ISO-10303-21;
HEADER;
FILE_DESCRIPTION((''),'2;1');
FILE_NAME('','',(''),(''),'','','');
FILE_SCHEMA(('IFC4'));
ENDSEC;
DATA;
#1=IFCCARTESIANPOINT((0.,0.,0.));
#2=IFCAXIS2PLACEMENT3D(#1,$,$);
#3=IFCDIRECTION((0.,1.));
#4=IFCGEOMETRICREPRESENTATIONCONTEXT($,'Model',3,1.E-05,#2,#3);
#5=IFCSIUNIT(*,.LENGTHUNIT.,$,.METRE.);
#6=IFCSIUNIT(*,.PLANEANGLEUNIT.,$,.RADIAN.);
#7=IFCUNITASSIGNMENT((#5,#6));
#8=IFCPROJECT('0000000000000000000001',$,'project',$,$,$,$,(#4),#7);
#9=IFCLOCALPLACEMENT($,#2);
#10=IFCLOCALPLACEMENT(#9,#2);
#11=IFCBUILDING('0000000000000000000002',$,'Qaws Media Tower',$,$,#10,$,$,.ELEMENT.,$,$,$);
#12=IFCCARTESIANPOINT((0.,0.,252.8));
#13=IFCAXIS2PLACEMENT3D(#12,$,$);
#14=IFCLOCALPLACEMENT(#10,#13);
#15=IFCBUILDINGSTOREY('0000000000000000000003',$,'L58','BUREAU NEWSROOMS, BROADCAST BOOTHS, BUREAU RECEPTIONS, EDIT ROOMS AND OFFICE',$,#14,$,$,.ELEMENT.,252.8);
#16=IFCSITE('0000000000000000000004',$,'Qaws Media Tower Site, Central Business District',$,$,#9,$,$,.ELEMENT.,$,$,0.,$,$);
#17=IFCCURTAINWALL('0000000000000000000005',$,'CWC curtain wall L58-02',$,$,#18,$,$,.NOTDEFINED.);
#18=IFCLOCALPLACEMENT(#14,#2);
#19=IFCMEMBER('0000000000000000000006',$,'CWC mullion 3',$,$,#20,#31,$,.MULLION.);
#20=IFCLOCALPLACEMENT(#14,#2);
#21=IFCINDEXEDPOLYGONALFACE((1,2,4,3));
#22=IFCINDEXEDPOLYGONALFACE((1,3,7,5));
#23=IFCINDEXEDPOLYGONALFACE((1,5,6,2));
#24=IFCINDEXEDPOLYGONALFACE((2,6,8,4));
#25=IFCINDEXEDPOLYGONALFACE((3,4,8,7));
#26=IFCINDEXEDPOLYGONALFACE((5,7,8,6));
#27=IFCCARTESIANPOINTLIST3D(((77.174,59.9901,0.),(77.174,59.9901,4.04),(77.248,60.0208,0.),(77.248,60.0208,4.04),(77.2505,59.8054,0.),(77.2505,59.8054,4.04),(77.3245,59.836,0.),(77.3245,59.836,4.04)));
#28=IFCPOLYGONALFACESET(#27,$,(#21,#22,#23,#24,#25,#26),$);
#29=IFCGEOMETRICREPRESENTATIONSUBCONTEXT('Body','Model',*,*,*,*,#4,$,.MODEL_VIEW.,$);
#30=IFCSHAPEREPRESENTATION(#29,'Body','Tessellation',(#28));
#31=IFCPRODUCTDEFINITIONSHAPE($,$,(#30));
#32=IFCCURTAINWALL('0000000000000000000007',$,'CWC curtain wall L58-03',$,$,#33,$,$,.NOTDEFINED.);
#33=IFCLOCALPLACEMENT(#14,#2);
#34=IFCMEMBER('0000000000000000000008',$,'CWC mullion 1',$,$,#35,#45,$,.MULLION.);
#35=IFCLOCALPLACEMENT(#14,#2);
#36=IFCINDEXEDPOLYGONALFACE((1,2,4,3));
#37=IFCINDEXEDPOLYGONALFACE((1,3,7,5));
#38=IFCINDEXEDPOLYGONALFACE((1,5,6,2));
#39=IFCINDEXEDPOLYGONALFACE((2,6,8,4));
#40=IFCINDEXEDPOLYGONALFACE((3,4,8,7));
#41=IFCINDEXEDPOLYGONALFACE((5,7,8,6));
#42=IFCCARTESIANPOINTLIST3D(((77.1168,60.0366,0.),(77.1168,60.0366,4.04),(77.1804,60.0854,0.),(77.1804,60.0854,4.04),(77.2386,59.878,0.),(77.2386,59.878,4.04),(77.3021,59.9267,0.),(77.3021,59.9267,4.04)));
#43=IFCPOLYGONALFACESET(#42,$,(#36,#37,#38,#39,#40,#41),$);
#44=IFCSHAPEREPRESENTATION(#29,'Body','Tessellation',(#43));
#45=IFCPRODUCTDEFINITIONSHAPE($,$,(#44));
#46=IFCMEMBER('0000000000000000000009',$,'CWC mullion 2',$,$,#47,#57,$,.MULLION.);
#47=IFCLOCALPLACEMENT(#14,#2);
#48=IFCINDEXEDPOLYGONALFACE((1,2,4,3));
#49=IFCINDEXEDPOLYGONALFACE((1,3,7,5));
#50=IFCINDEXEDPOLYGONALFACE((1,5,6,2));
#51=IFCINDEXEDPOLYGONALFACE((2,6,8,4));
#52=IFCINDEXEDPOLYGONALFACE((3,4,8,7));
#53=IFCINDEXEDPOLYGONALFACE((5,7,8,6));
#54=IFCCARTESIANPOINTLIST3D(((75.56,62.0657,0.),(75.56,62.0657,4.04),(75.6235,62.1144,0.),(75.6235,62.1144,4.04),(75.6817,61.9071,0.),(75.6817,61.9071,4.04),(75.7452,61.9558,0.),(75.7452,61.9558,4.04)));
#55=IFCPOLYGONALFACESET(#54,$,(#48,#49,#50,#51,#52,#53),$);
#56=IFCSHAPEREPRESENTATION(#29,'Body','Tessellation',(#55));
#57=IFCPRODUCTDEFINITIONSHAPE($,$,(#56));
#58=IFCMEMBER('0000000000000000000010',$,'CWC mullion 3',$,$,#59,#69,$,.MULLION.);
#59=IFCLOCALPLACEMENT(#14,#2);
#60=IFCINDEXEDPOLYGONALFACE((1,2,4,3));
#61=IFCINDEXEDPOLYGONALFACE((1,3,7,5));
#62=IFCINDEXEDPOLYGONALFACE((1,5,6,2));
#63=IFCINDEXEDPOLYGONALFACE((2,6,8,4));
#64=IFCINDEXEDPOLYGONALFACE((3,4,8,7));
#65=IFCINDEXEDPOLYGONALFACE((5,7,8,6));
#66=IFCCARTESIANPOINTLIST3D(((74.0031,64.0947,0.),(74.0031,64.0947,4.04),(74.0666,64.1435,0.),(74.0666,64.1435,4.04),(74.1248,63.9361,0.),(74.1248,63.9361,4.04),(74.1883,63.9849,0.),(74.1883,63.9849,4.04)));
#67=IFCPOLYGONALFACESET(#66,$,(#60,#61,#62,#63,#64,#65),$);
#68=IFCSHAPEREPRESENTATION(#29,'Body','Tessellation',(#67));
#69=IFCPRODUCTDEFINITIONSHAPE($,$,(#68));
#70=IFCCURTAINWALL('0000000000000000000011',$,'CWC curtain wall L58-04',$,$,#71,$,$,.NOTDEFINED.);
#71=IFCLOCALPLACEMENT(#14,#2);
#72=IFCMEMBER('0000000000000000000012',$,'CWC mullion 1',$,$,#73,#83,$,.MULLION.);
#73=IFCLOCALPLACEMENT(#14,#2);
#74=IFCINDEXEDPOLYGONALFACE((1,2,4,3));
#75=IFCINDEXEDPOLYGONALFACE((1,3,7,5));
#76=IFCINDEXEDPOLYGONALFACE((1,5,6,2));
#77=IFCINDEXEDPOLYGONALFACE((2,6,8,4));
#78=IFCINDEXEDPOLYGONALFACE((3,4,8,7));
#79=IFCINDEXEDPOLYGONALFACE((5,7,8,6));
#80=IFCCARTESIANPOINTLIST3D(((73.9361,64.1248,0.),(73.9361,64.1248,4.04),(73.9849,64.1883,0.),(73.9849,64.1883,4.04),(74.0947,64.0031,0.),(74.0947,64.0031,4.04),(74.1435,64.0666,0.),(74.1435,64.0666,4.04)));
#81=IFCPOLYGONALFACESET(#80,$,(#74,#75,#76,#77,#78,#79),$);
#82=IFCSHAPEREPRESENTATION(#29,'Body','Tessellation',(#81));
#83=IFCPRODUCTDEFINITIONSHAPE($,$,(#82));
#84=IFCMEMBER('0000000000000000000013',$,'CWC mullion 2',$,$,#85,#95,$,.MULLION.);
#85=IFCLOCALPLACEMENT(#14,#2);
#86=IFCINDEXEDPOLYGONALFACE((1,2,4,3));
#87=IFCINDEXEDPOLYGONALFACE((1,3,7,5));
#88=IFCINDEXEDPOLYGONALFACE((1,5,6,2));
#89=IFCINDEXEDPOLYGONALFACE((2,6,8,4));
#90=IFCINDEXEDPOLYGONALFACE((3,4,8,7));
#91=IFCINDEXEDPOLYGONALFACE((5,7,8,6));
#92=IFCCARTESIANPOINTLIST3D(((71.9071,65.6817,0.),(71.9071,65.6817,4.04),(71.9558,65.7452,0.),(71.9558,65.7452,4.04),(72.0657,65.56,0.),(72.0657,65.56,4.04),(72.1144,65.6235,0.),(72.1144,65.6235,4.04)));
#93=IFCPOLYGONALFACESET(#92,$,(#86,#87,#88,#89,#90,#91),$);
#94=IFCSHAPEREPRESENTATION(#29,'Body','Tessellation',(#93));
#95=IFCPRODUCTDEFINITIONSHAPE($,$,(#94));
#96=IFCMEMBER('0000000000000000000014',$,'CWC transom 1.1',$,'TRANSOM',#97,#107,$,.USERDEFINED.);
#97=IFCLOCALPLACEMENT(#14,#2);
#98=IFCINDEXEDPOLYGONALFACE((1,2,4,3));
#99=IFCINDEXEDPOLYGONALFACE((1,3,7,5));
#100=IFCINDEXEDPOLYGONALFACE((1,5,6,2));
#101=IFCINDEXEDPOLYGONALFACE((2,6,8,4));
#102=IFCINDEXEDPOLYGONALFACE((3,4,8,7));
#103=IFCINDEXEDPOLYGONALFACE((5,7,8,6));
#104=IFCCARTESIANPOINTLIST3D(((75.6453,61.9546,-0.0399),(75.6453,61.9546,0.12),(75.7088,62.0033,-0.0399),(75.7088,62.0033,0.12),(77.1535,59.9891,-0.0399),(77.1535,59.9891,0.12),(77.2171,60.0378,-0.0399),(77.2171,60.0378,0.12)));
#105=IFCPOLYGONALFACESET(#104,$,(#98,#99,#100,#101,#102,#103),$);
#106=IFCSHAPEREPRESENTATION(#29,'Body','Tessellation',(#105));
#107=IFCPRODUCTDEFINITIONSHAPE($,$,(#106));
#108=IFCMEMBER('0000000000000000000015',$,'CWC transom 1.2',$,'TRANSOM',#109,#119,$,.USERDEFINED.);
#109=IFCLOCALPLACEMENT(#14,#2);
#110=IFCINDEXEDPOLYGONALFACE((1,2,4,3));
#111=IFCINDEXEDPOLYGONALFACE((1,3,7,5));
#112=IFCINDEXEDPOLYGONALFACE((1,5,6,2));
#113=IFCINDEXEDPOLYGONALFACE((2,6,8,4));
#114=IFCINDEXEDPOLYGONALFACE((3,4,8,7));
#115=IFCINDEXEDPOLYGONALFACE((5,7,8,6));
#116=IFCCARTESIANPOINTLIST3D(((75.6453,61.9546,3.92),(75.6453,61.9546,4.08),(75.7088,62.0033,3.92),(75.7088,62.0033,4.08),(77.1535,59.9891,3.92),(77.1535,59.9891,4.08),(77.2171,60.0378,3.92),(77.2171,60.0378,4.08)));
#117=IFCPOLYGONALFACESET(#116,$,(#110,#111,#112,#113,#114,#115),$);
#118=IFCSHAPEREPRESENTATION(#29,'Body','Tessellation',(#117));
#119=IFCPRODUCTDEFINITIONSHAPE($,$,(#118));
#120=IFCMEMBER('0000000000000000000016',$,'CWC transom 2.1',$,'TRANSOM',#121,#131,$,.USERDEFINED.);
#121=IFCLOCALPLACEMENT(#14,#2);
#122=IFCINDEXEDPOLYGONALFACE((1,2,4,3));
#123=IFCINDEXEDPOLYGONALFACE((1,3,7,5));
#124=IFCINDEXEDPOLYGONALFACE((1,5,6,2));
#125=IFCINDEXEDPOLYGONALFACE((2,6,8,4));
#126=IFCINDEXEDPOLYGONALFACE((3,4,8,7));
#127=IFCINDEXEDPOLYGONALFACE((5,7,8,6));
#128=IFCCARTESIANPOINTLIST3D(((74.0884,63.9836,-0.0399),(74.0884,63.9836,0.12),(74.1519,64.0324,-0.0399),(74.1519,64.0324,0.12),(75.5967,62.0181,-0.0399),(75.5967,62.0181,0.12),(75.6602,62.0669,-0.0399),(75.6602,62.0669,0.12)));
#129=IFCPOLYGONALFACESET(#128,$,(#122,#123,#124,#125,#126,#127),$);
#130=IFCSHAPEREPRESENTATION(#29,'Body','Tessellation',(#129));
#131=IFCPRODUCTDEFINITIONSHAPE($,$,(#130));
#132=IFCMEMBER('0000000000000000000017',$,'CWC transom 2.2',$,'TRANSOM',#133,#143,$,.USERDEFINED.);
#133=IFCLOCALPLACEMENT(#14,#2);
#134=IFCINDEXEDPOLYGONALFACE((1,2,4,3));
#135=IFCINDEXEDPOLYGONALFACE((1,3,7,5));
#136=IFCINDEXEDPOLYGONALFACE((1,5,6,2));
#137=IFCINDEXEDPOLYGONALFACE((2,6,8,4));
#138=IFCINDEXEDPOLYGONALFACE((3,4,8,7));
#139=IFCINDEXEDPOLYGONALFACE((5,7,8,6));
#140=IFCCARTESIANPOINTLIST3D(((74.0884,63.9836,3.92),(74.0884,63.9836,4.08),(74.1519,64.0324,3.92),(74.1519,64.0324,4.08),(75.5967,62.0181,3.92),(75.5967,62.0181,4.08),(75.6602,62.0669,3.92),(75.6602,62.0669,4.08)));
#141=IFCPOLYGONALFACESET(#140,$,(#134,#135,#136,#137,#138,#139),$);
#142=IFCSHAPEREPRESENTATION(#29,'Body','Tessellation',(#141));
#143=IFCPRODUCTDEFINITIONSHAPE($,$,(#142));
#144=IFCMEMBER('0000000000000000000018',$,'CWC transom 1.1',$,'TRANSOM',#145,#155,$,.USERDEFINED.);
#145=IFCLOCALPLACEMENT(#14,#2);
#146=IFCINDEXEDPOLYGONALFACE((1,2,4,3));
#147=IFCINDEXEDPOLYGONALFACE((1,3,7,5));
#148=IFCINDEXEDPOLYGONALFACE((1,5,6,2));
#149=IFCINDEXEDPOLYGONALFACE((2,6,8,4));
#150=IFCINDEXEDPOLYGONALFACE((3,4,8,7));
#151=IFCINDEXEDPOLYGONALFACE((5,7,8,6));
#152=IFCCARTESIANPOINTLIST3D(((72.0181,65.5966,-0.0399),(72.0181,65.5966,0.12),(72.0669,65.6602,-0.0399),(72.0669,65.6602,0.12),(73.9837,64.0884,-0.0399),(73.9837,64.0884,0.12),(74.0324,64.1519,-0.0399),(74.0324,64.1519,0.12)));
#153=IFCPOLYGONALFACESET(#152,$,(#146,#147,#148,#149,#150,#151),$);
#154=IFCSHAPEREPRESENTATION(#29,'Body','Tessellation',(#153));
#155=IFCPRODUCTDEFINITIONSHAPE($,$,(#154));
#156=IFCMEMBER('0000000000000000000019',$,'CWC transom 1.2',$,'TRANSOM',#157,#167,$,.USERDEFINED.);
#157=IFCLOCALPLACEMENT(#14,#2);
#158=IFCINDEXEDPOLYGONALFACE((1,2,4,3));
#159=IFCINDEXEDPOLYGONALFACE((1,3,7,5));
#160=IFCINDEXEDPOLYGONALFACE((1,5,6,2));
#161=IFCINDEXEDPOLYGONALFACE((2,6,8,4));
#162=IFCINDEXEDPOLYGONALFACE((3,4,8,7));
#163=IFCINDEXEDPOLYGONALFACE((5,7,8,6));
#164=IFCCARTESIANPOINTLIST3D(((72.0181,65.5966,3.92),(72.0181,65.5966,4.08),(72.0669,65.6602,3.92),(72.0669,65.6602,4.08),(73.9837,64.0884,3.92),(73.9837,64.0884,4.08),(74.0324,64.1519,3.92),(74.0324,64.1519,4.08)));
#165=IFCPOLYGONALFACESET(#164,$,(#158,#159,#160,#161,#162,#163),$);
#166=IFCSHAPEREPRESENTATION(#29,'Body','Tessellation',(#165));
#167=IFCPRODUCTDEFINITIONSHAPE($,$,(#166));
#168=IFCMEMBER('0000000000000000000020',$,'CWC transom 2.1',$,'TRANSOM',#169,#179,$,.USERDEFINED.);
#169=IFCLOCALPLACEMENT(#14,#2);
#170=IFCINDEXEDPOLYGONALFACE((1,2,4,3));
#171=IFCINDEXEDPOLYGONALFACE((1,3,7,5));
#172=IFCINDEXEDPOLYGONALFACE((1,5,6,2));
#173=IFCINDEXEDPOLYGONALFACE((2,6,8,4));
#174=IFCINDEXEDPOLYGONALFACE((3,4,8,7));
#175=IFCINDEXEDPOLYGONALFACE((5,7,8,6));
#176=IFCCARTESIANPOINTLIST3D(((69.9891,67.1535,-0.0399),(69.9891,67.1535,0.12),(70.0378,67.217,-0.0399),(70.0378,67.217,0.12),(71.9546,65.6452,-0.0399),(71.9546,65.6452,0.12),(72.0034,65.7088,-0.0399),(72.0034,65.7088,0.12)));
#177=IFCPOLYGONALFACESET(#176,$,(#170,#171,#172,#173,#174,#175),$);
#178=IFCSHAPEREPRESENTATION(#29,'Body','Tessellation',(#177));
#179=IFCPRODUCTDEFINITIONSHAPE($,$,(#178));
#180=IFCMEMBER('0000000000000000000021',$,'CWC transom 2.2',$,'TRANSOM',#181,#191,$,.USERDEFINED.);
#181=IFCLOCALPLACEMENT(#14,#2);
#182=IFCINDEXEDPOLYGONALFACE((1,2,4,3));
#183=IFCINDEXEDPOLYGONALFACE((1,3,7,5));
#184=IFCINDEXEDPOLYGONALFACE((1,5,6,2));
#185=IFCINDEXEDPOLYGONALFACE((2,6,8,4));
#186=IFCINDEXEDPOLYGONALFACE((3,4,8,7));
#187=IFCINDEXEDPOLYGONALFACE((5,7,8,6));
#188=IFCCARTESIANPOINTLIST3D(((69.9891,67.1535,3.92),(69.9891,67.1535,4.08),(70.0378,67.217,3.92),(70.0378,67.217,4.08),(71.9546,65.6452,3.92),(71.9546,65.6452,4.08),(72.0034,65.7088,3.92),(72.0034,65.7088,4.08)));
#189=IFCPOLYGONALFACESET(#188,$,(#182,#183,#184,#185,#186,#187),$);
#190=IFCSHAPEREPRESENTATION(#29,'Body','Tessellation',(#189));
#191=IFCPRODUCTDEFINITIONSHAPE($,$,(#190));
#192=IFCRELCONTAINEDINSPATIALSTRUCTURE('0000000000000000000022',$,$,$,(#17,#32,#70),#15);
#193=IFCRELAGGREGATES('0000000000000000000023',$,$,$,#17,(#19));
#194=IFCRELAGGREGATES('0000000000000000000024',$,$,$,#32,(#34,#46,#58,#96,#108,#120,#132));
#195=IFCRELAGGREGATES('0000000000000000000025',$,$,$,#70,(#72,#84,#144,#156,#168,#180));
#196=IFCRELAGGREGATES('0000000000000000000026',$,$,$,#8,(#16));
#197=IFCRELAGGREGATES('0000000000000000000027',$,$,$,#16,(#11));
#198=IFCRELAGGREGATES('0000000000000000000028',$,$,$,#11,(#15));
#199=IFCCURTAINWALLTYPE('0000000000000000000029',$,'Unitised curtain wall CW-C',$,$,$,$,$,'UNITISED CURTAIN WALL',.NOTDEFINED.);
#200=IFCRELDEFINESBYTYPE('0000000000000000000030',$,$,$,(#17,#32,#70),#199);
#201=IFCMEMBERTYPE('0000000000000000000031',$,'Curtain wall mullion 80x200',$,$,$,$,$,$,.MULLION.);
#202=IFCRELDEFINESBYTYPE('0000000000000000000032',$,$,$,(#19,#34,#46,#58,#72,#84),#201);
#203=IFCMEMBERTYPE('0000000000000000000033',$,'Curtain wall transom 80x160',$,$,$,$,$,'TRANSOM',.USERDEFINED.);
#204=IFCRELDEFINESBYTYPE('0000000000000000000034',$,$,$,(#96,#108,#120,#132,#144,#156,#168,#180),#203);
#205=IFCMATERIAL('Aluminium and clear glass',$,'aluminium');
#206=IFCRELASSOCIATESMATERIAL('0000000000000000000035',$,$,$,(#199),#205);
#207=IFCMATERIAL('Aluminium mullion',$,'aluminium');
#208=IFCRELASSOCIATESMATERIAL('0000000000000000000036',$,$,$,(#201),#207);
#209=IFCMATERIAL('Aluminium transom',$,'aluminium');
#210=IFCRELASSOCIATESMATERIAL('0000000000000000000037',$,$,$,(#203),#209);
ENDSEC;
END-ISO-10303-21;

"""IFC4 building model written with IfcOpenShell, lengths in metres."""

from ifc_helpers import new_model, si_unit, direction, frame, origin, origin_2d, place, context, subcontext, project, spatial, rectangle, extrude, material, material_profile, profile_set, type_object, element, aggregate, save


model = new_model("IFC4")

# Units and contexts
model_context = context("Model", 3, precision=1e-05, world=origin(), true_north=direction((0.0, 1.0)))
body_context = subcontext(model_context, "Body", "Model", "MODEL_VIEW")
ifc_project = project(units=[si_unit("LENGTHUNIT", "METRE"), si_unit("PLANEANGLEUNIT", "RADIAN")], contexts=[model_context])

# Site, building, storey
site_placement = place(None, origin())
site = spatial("IfcSite", under=ifc_project, at=site_placement, Name="Qaws Media Tower Site, Central Business District", CompositionType="ELEMENT", RefElevation=0.0)
building_placement = place(site_placement, origin())
building = spatial("IfcBuilding", under=site, at=building_placement, Name="Qaws Media Tower", CompositionType="ELEMENT")
storey_placement = place(building_placement, frame((0.0, 0.0, 252.8)))
storey = spatial("IfcBuildingStorey", under=building, at=storey_placement, Name="L58", Description="BUREAU NEWSROOMS, BROADCAST BOOTHS, BUREAU RECEPTIONS, EDIT ROOMS AND OFFICE", CompositionType="ELEMENT", Elevation=252.8)

# Curtain wall, member
ifc_material_1 = material(Name="Aluminium and clear glass", Category="aluminium")
curtain_wall_type = type_object("IfcCurtainWallType", Name="Unitised curtain wall CW-C", ElementType="UNITISED CURTAIN WALL", PredefinedType="NOTDEFINED", material=ifc_material_1)
curtain_wall_1_placement = place(storey_placement, origin())
curtain_wall_1 = element("IfcCurtainWall", 1, at=curtain_wall_1_placement, inside=storey, type_object=curtain_wall_type, Name="CWC curtain wall L58-02", PredefinedType="NOTDEFINED")
ifc_material_2 = material(Name="Aluminium mullion", Category="aluminium")
ifc_material_profile_1 = material_profile(ifc_material_2, rectangle(XDim=0.0801, YDim=0.2, at=origin_2d()), Name="80x200")
ifc_profile_set_1 = profile_set([ifc_material_profile_1], Name="Aluminium mullion")
member_type_1 = type_object("IfcMemberType", Name="Curtain wall mullion 80x200", PredefinedType="MULLION", material=ifc_profile_set_1)
member_1_placement = place(storey_placement, frame((77.2493, 59.9131, 0.0), z_axis=(0.0, 0.0, 1.0), x_axis=(-0.92388, -0.382683, 0.0)))
member_1 = element("IfcMember", 2, at=member_1_placement, type_object=member_type_1, Name="CWC mullion 3", PredefinedType="MULLION", context=body_context, shape_type="SweptSolid", body=[
    extrude(rectangle(XDim=0.0801, YDim=0.2, at=origin_2d()), origin(), (0.0, 0.0, 1.0), 4.04),
])

# Curtain walls, members
curtain_wall_2_placement = place(storey_placement, origin())
curtain_wall_2 = element("IfcCurtainWall", 3, at=curtain_wall_2_placement, inside=storey, type_object=curtain_wall_type, Name="CWC curtain wall L58-03", PredefinedType="NOTDEFINED")
member_2_placement = place(storey_placement, frame((77.2095, 59.9817, 0.0), z_axis=(0.0, 0.0, 1.0), x_axis=(-0.793353, -0.608761, 0.0)))
member_2 = element("IfcMember", 4, at=member_2_placement, type_object=member_type_1, Name="CWC mullion 1", PredefinedType="MULLION", context=body_context, shape_type="SweptSolid", body=[
    extrude(rectangle(XDim=0.0801, YDim=0.2, at=origin_2d()), origin(), (0.0, 0.0, 1.0), 4.04),
])
member_3_placement = place(storey_placement, frame((75.6526, 62.0107, 0.0), z_axis=(0.0, 0.0, 1.0), x_axis=(-0.793353, -0.608761, 0.0)))
member_3 = element("IfcMember", 5, at=member_3_placement, type_object=member_type_1, Name="CWC mullion 2", PredefinedType="MULLION", context=body_context, shape_type="SweptSolid", body=[
    extrude(rectangle(XDim=0.0801, YDim=0.2, at=origin_2d()), origin(), (0.0, 0.0, 1.0), 4.04),
])
member_4_placement = place(storey_placement, frame((74.0957, 64.0398, 0.0), z_axis=(0.0, 0.0, 1.0), x_axis=(-0.793353, -0.608761, 0.0)))
member_4 = element("IfcMember", 6, at=member_4_placement, type_object=member_type_1, Name="CWC mullion 3", PredefinedType="MULLION", context=body_context, shape_type="SweptSolid", body=[
    extrude(rectangle(XDim=0.0801, YDim=0.2, at=origin_2d()), origin(), (0.0, 0.0, 1.0), 4.04),
])
curtain_wall_3_placement = place(storey_placement, origin())
curtain_wall_3 = element("IfcCurtainWall", 7, at=curtain_wall_3_placement, inside=storey, type_object=curtain_wall_type, Name="CWC curtain wall L58-04", PredefinedType="NOTDEFINED")
member_5_placement = place(storey_placement, frame((74.0398, 64.0957, 0.0), z_axis=(0.0, 0.0, 1.0), x_axis=(-0.608761, -0.793353, 0.0)))
member_5 = element("IfcMember", 8, at=member_5_placement, type_object=member_type_1, Name="CWC mullion 1", PredefinedType="MULLION", context=body_context, shape_type="SweptSolid", body=[
    extrude(rectangle(XDim=0.0801, YDim=0.2, at=origin_2d()), origin(), (0.0, 0.0, 1.0), 4.04),
])
member_6_placement = place(storey_placement, frame((72.0107, 65.6526, 0.0), z_axis=(0.0, 0.0, 1.0), x_axis=(-0.608761, -0.793353, 0.0)))
member_6 = element("IfcMember", 9, at=member_6_placement, type_object=member_type_1, Name="CWC mullion 2", PredefinedType="MULLION", context=body_context, shape_type="SweptSolid", body=[
    extrude(rectangle(XDim=0.0801, YDim=0.2, at=origin_2d()), origin(), (0.0, 0.0, 1.0), 4.04),
])

# Members
ifc_material_3 = material(Name="Aluminium transom", Category="aluminium")
ifc_material_profile_2 = material_profile(ifc_material_3, rectangle(XDim=0.0801, YDim=0.1599, at=origin_2d()), Name="80x160")
ifc_profile_set_2 = profile_set([ifc_material_profile_2], Name="Aluminium transom")
member_type_2 = type_object("IfcMemberType", Name="Curtain wall transom 80x160", ElementType="TRANSOM", PredefinedType="USERDEFINED", material=ifc_profile_set_2)
member_7_placement = place(storey_placement, frame((77.1853, 60.0134, 0.04), z_axis=(-0.608777, 0.793341, 0.0), x_axis=(-0.793341, -0.608777, 0.0)))
member_7 = element("IfcMember", 10, at=member_7_placement, type_object=member_type_2, Name="CWC transom 1.1", ObjectType="TRANSOM", PredefinedType="USERDEFINED", context=body_context, shape_type="SweptSolid", body=[
    extrude(rectangle(XDim=0.0801, YDim=0.1599, at=origin_2d()), origin(), (0.0, 0.0, 1.0), 2.4775),
])
member_8_placement = place(storey_placement, frame((77.1853, 60.0134, 4.0), z_axis=(-0.608777, 0.793341, 0.0), x_axis=(-0.793341, -0.608777, 0.0)))
member_8 = element("IfcMember", 11, at=member_8_placement, type_object=member_type_2, Name="CWC transom 1.2", ObjectType="TRANSOM", PredefinedType="USERDEFINED", context=body_context, shape_type="SweptSolid", body=[
    extrude(rectangle(XDim=0.0801, YDim=0.1599, at=origin_2d()), origin(), (0.0, 0.0, 1.0), 2.4775),
])
member_9_placement = place(storey_placement, frame((75.6284, 62.0425, 0.04), z_axis=(-0.608777, 0.793341, 0.0), x_axis=(-0.793341, -0.608777, 0.0)))
member_9 = element("IfcMember", 12, at=member_9_placement, type_object=member_type_2, Name="CWC transom 2.1", ObjectType="TRANSOM", PredefinedType="USERDEFINED", context=body_context, shape_type="SweptSolid", body=[
    extrude(rectangle(XDim=0.0801, YDim=0.1599, at=origin_2d()), origin(), (0.0, 0.0, 1.0), 2.4775),
])
member_10_placement = place(storey_placement, frame((75.6284, 62.0425, 4.0), z_axis=(-0.608777, 0.793341, 0.0), x_axis=(-0.793341, -0.608777, 0.0)))
member_10 = element("IfcMember", 13, at=member_10_placement, type_object=member_type_2, Name="CWC transom 2.2", ObjectType="TRANSOM", PredefinedType="USERDEFINED", context=body_context, shape_type="SweptSolid", body=[
    extrude(rectangle(XDim=0.0801, YDim=0.1599, at=origin_2d()), origin(), (0.0, 0.0, 1.0), 2.4775),
])
member_11_placement = place(storey_placement, frame((74.0081, 64.1201, 0.04), z_axis=(-0.793341, 0.608777, 0.0), x_axis=(-0.608777, -0.793341, 0.0)))
member_11 = element("IfcMember", 14, at=member_11_placement, type_object=member_type_2, Name="CWC transom 1.1", ObjectType="TRANSOM", PredefinedType="USERDEFINED", context=body_context, shape_type="SweptSolid", body=[
    extrude(rectangle(XDim=0.0801, YDim=0.1599, at=origin_2d()), origin(), (0.0, 0.0, 1.0), 2.4775),
])
member_12_placement = place(storey_placement, frame((74.0081, 64.1201, 4.0), z_axis=(-0.793341, 0.608777, 0.0), x_axis=(-0.608777, -0.793341, 0.0)))
member_12 = element("IfcMember", 15, at=member_12_placement, type_object=member_type_2, Name="CWC transom 1.2", ObjectType="TRANSOM", PredefinedType="USERDEFINED", context=body_context, shape_type="SweptSolid", body=[
    extrude(rectangle(XDim=0.0801, YDim=0.1599, at=origin_2d()), origin(), (0.0, 0.0, 1.0), 2.4775),
])
member_13_placement = place(storey_placement, frame((71.979, 65.677, 0.04), z_axis=(-0.793341, 0.608777, 0.0), x_axis=(-0.608777, -0.793341, 0.0)))
member_13 = element("IfcMember", 16, at=member_13_placement, type_object=member_type_2, Name="CWC transom 2.1", ObjectType="TRANSOM", PredefinedType="USERDEFINED", context=body_context, shape_type="SweptSolid", body=[
    extrude(rectangle(XDim=0.0801, YDim=0.1599, at=origin_2d()), origin(), (0.0, 0.0, 1.0), 2.4775),
])
member_14_placement = place(storey_placement, frame((71.979, 65.677, 4.0), z_axis=(-0.793341, 0.608777, 0.0), x_axis=(-0.608777, -0.793341, 0.0)))
member_14 = element("IfcMember", 17, at=member_14_placement, type_object=member_type_2, Name="CWC transom 2.2", ObjectType="TRANSOM", PredefinedType="USERDEFINED", context=body_context, shape_type="SweptSolid", body=[
    extrude(rectangle(XDim=0.0801, YDim=0.1599, at=origin_2d()), origin(), (0.0, 0.0, 1.0), 2.4775),
])

aggregate(curtain_wall_1, [member_1])
aggregate(curtain_wall_2, [member_2, member_3, member_4, member_7, member_8, member_9, member_10])
aggregate(curtain_wall_3, [member_5, member_6, member_11, member_12, member_13, member_14])

save(model, "model.ifc")
